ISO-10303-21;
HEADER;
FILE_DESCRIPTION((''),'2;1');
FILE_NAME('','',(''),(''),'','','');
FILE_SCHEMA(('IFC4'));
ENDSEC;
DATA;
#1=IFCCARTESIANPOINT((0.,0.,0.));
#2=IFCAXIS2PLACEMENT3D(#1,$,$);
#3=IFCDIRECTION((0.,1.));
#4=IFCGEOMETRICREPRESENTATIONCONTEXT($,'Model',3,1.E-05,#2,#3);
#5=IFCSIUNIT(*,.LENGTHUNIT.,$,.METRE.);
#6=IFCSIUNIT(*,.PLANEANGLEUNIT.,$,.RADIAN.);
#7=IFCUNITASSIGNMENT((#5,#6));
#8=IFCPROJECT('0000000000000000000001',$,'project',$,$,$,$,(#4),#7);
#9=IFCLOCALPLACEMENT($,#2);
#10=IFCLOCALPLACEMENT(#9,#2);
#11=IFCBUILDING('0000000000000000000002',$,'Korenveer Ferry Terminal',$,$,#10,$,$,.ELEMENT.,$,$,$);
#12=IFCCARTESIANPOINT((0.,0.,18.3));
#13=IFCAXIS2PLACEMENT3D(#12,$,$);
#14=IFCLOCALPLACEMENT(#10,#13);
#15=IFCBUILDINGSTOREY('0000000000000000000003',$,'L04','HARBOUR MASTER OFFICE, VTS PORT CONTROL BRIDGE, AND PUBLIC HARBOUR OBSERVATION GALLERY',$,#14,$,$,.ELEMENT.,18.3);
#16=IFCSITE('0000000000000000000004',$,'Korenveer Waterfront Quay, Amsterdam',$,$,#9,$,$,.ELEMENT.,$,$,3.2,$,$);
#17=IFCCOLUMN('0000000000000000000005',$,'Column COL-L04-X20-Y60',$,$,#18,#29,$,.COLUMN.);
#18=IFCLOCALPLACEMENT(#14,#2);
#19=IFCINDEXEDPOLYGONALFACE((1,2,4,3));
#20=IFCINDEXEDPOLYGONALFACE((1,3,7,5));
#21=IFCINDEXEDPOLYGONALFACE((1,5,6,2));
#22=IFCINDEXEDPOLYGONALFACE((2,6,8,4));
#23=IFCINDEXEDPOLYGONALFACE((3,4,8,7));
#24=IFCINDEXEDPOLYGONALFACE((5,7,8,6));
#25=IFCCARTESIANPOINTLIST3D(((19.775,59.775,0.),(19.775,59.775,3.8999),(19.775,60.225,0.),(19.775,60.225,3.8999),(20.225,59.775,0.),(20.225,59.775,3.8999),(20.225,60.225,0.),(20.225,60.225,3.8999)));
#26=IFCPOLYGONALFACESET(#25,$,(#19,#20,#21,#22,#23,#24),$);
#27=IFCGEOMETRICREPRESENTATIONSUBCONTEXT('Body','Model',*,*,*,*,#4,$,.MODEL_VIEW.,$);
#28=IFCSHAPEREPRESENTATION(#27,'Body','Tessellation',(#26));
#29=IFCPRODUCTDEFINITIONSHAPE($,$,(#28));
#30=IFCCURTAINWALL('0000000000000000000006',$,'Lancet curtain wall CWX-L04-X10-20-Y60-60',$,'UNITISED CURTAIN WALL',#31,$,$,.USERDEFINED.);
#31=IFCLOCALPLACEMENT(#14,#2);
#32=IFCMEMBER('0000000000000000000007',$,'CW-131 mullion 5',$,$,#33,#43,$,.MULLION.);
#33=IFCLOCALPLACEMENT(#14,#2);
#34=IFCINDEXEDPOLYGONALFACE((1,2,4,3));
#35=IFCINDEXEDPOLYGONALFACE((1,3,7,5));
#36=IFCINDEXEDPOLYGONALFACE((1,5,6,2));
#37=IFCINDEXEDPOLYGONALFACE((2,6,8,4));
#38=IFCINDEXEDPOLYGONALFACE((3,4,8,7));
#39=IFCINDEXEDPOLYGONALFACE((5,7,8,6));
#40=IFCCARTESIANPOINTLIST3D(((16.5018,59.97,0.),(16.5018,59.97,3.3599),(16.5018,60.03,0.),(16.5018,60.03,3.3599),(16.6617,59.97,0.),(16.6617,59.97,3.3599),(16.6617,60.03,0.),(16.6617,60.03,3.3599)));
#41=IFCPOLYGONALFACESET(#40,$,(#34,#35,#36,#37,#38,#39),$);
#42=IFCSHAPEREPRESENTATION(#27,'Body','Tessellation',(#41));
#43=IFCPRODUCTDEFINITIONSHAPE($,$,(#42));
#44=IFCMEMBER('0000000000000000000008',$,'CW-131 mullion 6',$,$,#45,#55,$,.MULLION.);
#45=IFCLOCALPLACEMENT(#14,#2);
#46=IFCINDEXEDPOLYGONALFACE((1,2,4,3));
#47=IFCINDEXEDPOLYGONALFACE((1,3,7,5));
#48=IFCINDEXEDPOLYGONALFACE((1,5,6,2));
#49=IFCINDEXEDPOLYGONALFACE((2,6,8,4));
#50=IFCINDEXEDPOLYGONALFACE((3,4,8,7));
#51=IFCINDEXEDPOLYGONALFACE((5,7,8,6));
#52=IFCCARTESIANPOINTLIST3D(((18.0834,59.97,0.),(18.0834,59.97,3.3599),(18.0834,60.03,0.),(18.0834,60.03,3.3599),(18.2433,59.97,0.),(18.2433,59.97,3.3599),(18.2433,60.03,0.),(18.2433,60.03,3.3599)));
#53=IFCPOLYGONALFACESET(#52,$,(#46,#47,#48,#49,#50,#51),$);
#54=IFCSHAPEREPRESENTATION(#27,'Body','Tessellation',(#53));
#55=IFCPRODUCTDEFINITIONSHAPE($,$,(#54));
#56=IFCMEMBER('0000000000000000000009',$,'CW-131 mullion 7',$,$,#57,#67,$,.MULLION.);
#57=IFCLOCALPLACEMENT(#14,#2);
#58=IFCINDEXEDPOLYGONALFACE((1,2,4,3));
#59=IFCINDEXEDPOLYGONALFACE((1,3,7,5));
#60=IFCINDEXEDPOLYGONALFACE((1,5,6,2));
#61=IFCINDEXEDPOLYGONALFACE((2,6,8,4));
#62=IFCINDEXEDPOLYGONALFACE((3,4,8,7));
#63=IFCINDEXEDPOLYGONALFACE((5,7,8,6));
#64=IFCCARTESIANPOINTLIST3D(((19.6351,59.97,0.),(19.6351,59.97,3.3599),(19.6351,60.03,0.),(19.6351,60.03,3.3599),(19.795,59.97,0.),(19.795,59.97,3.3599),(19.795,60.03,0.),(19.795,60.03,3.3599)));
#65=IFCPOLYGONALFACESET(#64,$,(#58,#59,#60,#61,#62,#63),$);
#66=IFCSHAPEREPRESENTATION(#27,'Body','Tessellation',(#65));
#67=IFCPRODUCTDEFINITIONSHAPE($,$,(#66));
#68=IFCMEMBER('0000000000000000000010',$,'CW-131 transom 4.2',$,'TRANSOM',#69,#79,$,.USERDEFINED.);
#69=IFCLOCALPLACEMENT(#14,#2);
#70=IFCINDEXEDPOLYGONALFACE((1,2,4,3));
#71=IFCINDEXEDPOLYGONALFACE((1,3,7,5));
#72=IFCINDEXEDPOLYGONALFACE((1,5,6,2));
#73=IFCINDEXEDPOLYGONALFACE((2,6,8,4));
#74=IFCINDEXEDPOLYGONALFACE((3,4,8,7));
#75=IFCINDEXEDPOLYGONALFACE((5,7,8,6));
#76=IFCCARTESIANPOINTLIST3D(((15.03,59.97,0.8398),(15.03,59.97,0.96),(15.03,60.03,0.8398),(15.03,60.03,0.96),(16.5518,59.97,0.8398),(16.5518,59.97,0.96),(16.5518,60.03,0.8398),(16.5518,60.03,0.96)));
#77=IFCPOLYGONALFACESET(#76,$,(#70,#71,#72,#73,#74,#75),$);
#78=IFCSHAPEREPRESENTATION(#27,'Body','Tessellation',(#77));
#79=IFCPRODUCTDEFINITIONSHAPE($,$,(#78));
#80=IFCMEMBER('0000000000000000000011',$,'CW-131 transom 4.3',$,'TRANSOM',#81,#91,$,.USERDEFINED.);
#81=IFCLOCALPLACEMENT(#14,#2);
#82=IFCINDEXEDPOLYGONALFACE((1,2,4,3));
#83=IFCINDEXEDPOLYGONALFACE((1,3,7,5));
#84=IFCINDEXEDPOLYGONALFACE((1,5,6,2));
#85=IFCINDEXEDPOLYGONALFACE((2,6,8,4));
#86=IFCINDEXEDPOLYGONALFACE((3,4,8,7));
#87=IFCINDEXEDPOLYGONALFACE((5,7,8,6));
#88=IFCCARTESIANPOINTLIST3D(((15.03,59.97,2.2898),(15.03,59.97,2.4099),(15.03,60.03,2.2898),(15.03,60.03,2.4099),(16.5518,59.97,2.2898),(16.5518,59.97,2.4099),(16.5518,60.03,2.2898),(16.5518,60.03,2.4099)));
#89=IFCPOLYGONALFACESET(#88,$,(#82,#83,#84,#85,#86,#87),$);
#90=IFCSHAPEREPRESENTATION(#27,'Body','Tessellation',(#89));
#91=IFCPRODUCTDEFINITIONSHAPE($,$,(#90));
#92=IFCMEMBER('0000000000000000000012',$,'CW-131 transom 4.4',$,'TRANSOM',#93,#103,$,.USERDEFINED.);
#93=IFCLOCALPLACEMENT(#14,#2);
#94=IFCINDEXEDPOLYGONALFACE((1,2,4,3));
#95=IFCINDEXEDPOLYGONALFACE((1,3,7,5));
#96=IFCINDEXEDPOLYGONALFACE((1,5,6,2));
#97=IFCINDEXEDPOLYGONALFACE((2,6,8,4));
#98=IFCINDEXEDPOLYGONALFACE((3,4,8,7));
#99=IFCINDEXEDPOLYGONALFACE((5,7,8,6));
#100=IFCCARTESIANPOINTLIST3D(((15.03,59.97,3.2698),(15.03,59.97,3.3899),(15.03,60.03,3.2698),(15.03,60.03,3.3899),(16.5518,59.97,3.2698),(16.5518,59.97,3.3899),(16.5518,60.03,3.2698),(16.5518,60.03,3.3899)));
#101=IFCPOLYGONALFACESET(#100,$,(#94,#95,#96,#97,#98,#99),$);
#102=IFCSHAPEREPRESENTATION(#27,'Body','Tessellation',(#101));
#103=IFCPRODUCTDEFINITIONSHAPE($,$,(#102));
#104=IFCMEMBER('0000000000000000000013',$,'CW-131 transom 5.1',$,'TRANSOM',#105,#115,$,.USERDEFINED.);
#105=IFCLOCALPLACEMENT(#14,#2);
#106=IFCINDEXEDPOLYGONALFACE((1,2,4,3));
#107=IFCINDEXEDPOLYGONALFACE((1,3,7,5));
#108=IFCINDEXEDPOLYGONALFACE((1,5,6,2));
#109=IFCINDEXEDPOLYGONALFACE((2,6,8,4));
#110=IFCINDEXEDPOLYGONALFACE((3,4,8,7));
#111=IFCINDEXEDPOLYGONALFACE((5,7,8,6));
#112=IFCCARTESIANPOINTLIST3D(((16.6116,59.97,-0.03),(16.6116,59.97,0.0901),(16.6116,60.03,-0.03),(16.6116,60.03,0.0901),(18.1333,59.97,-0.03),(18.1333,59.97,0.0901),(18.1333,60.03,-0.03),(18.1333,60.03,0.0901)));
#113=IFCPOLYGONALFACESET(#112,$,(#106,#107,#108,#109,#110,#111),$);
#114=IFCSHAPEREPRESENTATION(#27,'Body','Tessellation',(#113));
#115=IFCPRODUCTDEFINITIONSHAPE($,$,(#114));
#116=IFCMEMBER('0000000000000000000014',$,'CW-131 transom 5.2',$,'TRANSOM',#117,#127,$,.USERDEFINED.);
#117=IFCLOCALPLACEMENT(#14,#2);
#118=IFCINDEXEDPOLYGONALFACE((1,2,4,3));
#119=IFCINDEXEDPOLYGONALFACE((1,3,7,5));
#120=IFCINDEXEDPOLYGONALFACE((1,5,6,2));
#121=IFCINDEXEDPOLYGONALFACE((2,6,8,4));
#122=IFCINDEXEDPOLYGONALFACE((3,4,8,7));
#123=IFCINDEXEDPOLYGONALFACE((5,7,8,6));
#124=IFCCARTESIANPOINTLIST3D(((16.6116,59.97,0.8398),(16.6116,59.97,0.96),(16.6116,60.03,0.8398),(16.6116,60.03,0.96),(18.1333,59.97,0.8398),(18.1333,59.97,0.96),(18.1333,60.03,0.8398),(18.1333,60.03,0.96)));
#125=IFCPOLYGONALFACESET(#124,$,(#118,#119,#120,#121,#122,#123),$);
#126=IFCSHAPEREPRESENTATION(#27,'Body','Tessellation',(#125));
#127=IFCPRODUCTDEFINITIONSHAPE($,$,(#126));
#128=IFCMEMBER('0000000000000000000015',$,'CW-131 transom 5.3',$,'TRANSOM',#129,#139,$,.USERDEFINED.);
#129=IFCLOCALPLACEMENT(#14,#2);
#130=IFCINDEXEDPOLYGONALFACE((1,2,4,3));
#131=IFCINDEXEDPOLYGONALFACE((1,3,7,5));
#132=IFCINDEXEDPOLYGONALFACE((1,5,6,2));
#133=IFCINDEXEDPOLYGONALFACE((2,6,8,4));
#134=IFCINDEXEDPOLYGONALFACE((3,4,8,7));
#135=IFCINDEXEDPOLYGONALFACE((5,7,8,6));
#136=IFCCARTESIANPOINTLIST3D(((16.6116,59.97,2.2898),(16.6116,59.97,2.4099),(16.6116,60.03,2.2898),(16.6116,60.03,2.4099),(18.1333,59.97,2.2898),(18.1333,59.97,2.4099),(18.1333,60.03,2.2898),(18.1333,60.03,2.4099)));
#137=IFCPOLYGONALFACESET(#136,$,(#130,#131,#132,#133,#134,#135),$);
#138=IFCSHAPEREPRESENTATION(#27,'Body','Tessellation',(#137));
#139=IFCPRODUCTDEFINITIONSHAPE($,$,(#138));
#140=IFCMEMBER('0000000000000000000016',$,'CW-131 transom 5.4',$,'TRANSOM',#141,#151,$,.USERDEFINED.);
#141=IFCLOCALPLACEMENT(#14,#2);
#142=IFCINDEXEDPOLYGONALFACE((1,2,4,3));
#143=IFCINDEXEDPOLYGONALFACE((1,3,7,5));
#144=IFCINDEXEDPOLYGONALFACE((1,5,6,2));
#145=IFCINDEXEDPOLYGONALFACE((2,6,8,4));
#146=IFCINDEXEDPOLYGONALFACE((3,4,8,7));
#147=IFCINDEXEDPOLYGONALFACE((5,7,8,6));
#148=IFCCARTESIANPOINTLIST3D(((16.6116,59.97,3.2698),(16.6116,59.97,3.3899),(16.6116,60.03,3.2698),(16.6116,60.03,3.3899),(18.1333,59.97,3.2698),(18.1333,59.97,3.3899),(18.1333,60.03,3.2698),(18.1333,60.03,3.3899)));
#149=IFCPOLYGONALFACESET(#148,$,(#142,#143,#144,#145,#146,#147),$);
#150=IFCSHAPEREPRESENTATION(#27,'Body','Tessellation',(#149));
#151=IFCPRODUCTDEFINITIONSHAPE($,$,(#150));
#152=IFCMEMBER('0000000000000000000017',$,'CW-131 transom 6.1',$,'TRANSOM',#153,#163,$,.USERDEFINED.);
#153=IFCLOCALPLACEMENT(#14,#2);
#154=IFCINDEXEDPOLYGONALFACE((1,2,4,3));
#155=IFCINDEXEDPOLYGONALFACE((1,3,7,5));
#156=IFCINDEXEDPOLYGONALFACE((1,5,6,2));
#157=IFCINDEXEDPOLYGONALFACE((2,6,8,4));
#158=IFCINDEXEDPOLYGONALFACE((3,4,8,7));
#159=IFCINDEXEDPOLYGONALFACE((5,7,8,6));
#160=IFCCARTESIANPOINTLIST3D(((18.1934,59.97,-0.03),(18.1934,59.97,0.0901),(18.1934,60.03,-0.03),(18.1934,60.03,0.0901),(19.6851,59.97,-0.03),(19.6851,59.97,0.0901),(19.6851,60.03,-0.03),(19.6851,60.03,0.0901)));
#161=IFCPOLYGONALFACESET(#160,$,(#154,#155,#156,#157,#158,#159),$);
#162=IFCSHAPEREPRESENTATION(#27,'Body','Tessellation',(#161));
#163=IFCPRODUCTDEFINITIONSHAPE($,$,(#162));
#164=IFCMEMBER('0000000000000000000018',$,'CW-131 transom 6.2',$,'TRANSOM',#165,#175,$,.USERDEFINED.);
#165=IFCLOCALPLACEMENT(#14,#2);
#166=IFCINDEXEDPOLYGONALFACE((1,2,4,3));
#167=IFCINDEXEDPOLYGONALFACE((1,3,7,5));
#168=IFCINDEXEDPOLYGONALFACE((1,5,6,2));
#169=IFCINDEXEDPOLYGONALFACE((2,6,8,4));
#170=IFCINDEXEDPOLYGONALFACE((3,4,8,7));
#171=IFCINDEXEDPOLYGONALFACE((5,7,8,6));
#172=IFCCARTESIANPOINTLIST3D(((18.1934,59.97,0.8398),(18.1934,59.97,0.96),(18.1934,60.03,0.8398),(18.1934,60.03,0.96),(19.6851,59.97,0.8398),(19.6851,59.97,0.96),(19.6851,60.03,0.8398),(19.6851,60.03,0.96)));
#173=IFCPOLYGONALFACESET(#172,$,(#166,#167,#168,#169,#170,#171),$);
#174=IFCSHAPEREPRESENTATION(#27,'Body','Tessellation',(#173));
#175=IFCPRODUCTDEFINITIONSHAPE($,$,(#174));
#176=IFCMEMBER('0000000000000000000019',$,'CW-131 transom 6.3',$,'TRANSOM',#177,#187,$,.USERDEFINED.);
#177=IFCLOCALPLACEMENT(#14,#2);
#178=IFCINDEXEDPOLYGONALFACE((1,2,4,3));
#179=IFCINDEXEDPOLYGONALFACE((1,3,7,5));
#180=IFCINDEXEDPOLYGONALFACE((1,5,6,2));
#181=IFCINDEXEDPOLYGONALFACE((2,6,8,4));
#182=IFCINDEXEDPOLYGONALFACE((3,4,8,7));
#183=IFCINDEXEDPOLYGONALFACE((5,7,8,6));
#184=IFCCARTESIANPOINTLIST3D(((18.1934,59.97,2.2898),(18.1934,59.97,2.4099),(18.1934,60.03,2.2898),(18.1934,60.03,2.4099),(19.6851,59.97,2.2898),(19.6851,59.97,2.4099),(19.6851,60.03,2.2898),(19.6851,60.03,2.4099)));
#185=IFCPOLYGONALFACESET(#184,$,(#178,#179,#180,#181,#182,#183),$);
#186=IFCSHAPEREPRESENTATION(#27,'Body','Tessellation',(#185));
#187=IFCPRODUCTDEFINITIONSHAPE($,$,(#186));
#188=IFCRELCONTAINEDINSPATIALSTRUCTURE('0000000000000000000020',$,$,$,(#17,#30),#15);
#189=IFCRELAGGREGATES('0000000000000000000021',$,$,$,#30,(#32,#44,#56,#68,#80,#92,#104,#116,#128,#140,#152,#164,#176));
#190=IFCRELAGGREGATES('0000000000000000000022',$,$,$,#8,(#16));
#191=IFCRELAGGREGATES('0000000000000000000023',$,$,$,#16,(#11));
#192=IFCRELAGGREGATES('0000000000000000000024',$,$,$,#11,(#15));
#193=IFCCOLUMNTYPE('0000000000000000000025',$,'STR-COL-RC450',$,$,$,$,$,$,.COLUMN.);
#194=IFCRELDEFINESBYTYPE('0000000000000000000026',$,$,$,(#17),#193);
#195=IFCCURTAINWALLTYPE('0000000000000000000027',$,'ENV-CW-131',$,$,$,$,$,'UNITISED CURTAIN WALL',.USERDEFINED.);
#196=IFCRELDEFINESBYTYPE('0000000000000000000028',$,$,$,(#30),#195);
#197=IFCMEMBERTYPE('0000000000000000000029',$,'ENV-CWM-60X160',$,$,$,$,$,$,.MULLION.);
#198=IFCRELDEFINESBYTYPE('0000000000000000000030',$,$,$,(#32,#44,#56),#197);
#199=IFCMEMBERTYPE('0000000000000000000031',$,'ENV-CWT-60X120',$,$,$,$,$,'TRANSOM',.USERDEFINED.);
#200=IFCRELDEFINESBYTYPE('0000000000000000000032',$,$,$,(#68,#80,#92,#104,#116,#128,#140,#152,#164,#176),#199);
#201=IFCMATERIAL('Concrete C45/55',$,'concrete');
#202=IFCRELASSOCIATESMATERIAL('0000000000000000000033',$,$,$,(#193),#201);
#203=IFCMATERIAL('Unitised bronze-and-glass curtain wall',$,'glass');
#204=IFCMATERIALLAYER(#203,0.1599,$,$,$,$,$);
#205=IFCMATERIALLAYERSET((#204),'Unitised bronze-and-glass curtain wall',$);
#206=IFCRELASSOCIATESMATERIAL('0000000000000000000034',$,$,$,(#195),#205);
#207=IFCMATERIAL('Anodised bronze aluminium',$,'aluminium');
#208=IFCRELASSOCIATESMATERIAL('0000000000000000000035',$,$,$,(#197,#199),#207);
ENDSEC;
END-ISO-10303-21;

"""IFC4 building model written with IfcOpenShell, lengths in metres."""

from ifc_helpers import new_model, si_unit, direction, frame, origin, origin_2d, place, context, subcontext, project, spatial, rectangle, extrude, material, layer, layer_set, material_profile, profile_set, type_object, element, aggregate, save


model = new_model("IFC4")

# Units and contexts
model_context = context("Model", 3, precision=1e-05, world=origin(), true_north=direction((0.0, 1.0)))
body_context = subcontext(model_context, "Body", "Model", "MODEL_VIEW")
ifc_project = project(units=[si_unit("LENGTHUNIT", "METRE"), si_unit("PLANEANGLEUNIT", "RADIAN")], contexts=[model_context])

# Site, building, storey
site_placement = place(None, origin())
site = spatial("IfcSite", under=ifc_project, at=site_placement, Name="Korenveer Waterfront Quay, Amsterdam", CompositionType="ELEMENT", RefElevation=3.2)
building_placement = place(site_placement, origin())
building = spatial("IfcBuilding", under=site, at=building_placement, Name="Korenveer Ferry Terminal", CompositionType="ELEMENT")
storey_placement = place(building_placement, frame((0.0, 0.0, 18.3)))
storey = spatial("IfcBuildingStorey", under=building, at=storey_placement, Name="L04", Description="HARBOUR MASTER OFFICE, VTS PORT CONTROL BRIDGE, AND PUBLIC HARBOUR OBSERVATION GALLERY", CompositionType="ELEMENT", Elevation=18.3)

# Column
ifc_material_1 = material(Name="Concrete C45/55", Category="concrete")
ifc_material_profile_1 = material_profile(ifc_material_1, rectangle(XDim=0.45, YDim=0.45, at=origin_2d()), Name="RC 450x450")
ifc_profile_set_1 = profile_set([ifc_material_profile_1], Name="Concrete C45/55")
column_type = type_object("IfcColumnType", Name="STR-COL-RC450", PredefinedType="COLUMN", material=ifc_profile_set_1)
column_placement = place(storey_placement, frame((20.0, 60.0, 0.0), z_axis=(0.0, 0.0, 1.0), x_axis=(1.0, 0.0, 0.0)))
element("IfcColumn", 1, at=column_placement, inside=storey, type_object=column_type, Name="Column COL-L04-X20-Y60", PredefinedType="COLUMN", context=body_context, shape_type="SweptSolid", body=[
    extrude(rectangle(XDim=0.45, YDim=0.45, at=origin_2d()), origin(), (0.0, 0.0, 1.0), 3.8999),
])

# Curtain wall, members
ifc_material_2 = material(Name="Unitised bronze-and-glass curtain wall", Category="glass")
ifc_layer_1 = layer(ifc_material_2, 0.1599)
ifc_layer_set_1 = layer_set([ifc_layer_1], Name="Unitised bronze-and-glass curtain wall")
curtain_wall_type = type_object("IfcCurtainWallType", Name="ENV-CW-131", ElementType="UNITISED CURTAIN WALL", PredefinedType="USERDEFINED", material=ifc_layer_set_1)
curtain_wall_1_placement = place(storey_placement, frame((10.2549, 60.0, 0.0)))
curtain_wall_1 = element("IfcCurtainWall", 2, at=curtain_wall_1_placement, inside=storey, type_object=curtain_wall_type, Name="Lancet curtain wall CWX-L04-X10-20-Y60-60", ObjectType="UNITISED CURTAIN WALL", PredefinedType="USERDEFINED")
ifc_material_3 = material(Name="Anodised bronze aluminium", Category="aluminium")
ifc_material_profile_2 = material_profile(ifc_material_3, rectangle(XDim=0.0601, YDim=0.1599, at=origin_2d()), Name="ALU 60x160")
ifc_profile_set_2 = profile_set([ifc_material_profile_2], Name="Anodised bronze aluminium")
member_type_1 = type_object("IfcMemberType", Name="ENV-CWM-60X160", PredefinedType="MULLION", material=ifc_profile_set_2)
member_1_placement = place(storey_placement, frame((16.5818, 60.0, 0.0), z_axis=(0.0, 0.0, 1.0), x_axis=(0.0, 1.0, 0.0)))
member_1 = element("IfcMember", 3, at=member_1_placement, type_object=member_type_1, Name="CW-131 mullion 5", PredefinedType="MULLION", context=body_context, shape_type="SweptSolid", body=[
    extrude(rectangle(XDim=0.0601, YDim=0.1599, at=origin_2d()), origin(), (0.0, 0.0, 1.0), 3.3599),
])
member_2_placement = place(storey_placement, frame((18.1633, 60.0, 0.0), z_axis=(0.0, 0.0, 1.0), x_axis=(0.0, 1.0, 0.0)))
member_2 = element("IfcMember", 4, at=member_2_placement, type_object=member_type_1, Name="CW-131 mullion 6", PredefinedType="MULLION", context=body_context, shape_type="SweptSolid", body=[
    extrude(rectangle(XDim=0.0601, YDim=0.1599, at=origin_2d()), origin(), (0.0, 0.0, 1.0), 3.3599),
])
member_3_placement = place(storey_placement, frame((19.7151, 60.0, 0.0), z_axis=(0.0, 0.0, 1.0), x_axis=(0.0, 1.0, 0.0)))
member_3 = element("IfcMember", 5, at=member_3_placement, type_object=member_type_1, Name="CW-131 mullion 7", PredefinedType="MULLION", context=body_context, shape_type="SweptSolid", body=[
    extrude(rectangle(XDim=0.0601, YDim=0.1599, at=origin_2d()), origin(), (0.0, 0.0, 1.0), 3.3599),
])
ifc_material_profile_3 = material_profile(ifc_material_3, rectangle(XDim=0.0601, YDim=0.1201, at=origin_2d()), Name="ALU 60x120")
ifc_profile_set_3 = profile_set([ifc_material_profile_3], Name="Anodised bronze aluminium")
member_type_2 = type_object("IfcMemberType", Name="ENV-CWT-60X120", ElementType="TRANSOM", PredefinedType="USERDEFINED", material=ifc_profile_set_3)
member_4_placement = place(storey_placement, frame((15.03, 60.0, 0.8999), z_axis=(1.0, 0.0, 0.0), x_axis=(0.0, 1.0, 0.0)))
member_4 = element("IfcMember", 6, at=member_4_placement, type_object=member_type_2, Name="CW-131 transom 4.2", ObjectType="TRANSOM", PredefinedType="USERDEFINED", context=body_context, shape_type="SweptSolid", body=[
    extrude(rectangle(XDim=0.0601, YDim=0.1201, at=origin_2d()), origin(), (0.0, 0.0, 1.0), 1.5217),
])
member_5_placement = place(storey_placement, frame((15.03, 60.0, 2.3499), z_axis=(1.0, 0.0, 0.0), x_axis=(0.0, 1.0, 0.0)))
member_5 = element("IfcMember", 7, at=member_5_placement, type_object=member_type_2, Name="CW-131 transom 4.3", ObjectType="TRANSOM", PredefinedType="USERDEFINED", context=body_context, shape_type="SweptSolid", body=[
    extrude(rectangle(XDim=0.0601, YDim=0.1201, at=origin_2d()), origin(), (0.0, 0.0, 1.0), 1.5217),
])
member_6_placement = place(storey_placement, frame((15.03, 60.0, 3.3298), z_axis=(1.0, 0.0, 0.0), x_axis=(0.0, 1.0, 0.0)))
member_6 = element("IfcMember", 8, at=member_6_placement, type_object=member_type_2, Name="CW-131 transom 4.4", ObjectType="TRANSOM", PredefinedType="USERDEFINED", context=body_context, shape_type="SweptSolid", body=[
    extrude(rectangle(XDim=0.0601, YDim=0.1201, at=origin_2d()), origin(), (0.0, 0.0, 1.0), 1.5217),
])
member_7_placement = place(storey_placement, frame((16.6116, 60.0, 0.03), z_axis=(1.0, 0.0, 0.0), x_axis=(0.0, 1.0, 0.0)))
member_7 = element("IfcMember", 9, at=member_7_placement, type_object=member_type_2, Name="CW-131 transom 5.1", ObjectType="TRANSOM", PredefinedType="USERDEFINED", context=body_context, shape_type="SweptSolid", body=[
    extrude(rectangle(XDim=0.0601, YDim=0.1201, at=origin_2d()), origin(), (0.0, 0.0, 1.0), 1.5217),
])
member_8_placement = place(storey_placement, frame((16.6116, 60.0, 0.8999), z_axis=(1.0, 0.0, 0.0), x_axis=(0.0, 1.0, 0.0)))
member_8 = element("IfcMember", 10, at=member_8_placement, type_object=member_type_2, Name="CW-131 transom 5.2", ObjectType="TRANSOM", PredefinedType="USERDEFINED", context=body_context, shape_type="SweptSolid", body=[
    extrude(rectangle(XDim=0.0601, YDim=0.1201, at=origin_2d()), origin(), (0.0, 0.0, 1.0), 1.5217),
])
member_9_placement = place(storey_placement, frame((16.6116, 60.0, 2.3499), z_axis=(1.0, 0.0, 0.0), x_axis=(0.0, 1.0, 0.0)))
member_9 = element("IfcMember", 11, at=member_9_placement, type_object=member_type_2, Name="CW-131 transom 5.3", ObjectType="TRANSOM", PredefinedType="USERDEFINED", context=body_context, shape_type="SweptSolid", body=[
    extrude(rectangle(XDim=0.0601, YDim=0.1201, at=origin_2d()), origin(), (0.0, 0.0, 1.0), 1.5217),
])
member_10_placement = place(storey_placement, frame((16.6116, 60.0, 3.3298), z_axis=(1.0, 0.0, 0.0), x_axis=(0.0, 1.0, 0.0)))
member_10 = element("IfcMember", 12, at=member_10_placement, type_object=member_type_2, Name="CW-131 transom 5.4", ObjectType="TRANSOM", PredefinedType="USERDEFINED", context=body_context, shape_type="SweptSolid", body=[
    extrude(rectangle(XDim=0.0601, YDim=0.1201, at=origin_2d()), origin(), (0.0, 0.0, 1.0), 1.5217),
])
member_11_placement = place(storey_placement, frame((18.1934, 60.0, 0.03), z_axis=(1.0, 0.0, 0.0), x_axis=(0.0, 1.0, 0.0)))
member_11 = element("IfcMember", 13, at=member_11_placement, type_object=member_type_2, Name="CW-131 transom 6.1", ObjectType="TRANSOM", PredefinedType="USERDEFINED", context=body_context, shape_type="SweptSolid", body=[
    extrude(rectangle(XDim=0.0601, YDim=0.1201, at=origin_2d()), origin(), (0.0, 0.0, 1.0), 1.4917),
])
member_12_placement = place(storey_placement, frame((18.1934, 60.0, 0.8999), z_axis=(1.0, 0.0, 0.0), x_axis=(0.0, 1.0, 0.0)))
member_12 = element("IfcMember", 14, at=member_12_placement, type_object=member_type_2, Name="CW-131 transom 6.2", ObjectType="TRANSOM", PredefinedType="USERDEFINED", context=body_context, shape_type="SweptSolid", body=[
    extrude(rectangle(XDim=0.0601, YDim=0.1201, at=origin_2d()), origin(), (0.0, 0.0, 1.0), 1.4917),
])
member_13_placement = place(storey_placement, frame((18.1934, 60.0, 2.3499), z_axis=(1.0, 0.0, 0.0), x_axis=(0.0, 1.0, 0.0)))
member_13 = element("IfcMember", 15, at=member_13_placement, type_object=member_type_2, Name="CW-131 transom 6.3", ObjectType="TRANSOM", PredefinedType="USERDEFINED", context=body_context, shape_type="SweptSolid", body=[
    extrude(rectangle(XDim=0.0601, YDim=0.1201, at=origin_2d()), origin(), (0.0, 0.0, 1.0), 1.4917),
])

aggregate(curtain_wall_1, [member_1, member_2, member_3, member_4, member_5, member_6, member_7, member_8, member_9, member_10, member_11, member_12, member_13])

save(model, "model.ifc")
